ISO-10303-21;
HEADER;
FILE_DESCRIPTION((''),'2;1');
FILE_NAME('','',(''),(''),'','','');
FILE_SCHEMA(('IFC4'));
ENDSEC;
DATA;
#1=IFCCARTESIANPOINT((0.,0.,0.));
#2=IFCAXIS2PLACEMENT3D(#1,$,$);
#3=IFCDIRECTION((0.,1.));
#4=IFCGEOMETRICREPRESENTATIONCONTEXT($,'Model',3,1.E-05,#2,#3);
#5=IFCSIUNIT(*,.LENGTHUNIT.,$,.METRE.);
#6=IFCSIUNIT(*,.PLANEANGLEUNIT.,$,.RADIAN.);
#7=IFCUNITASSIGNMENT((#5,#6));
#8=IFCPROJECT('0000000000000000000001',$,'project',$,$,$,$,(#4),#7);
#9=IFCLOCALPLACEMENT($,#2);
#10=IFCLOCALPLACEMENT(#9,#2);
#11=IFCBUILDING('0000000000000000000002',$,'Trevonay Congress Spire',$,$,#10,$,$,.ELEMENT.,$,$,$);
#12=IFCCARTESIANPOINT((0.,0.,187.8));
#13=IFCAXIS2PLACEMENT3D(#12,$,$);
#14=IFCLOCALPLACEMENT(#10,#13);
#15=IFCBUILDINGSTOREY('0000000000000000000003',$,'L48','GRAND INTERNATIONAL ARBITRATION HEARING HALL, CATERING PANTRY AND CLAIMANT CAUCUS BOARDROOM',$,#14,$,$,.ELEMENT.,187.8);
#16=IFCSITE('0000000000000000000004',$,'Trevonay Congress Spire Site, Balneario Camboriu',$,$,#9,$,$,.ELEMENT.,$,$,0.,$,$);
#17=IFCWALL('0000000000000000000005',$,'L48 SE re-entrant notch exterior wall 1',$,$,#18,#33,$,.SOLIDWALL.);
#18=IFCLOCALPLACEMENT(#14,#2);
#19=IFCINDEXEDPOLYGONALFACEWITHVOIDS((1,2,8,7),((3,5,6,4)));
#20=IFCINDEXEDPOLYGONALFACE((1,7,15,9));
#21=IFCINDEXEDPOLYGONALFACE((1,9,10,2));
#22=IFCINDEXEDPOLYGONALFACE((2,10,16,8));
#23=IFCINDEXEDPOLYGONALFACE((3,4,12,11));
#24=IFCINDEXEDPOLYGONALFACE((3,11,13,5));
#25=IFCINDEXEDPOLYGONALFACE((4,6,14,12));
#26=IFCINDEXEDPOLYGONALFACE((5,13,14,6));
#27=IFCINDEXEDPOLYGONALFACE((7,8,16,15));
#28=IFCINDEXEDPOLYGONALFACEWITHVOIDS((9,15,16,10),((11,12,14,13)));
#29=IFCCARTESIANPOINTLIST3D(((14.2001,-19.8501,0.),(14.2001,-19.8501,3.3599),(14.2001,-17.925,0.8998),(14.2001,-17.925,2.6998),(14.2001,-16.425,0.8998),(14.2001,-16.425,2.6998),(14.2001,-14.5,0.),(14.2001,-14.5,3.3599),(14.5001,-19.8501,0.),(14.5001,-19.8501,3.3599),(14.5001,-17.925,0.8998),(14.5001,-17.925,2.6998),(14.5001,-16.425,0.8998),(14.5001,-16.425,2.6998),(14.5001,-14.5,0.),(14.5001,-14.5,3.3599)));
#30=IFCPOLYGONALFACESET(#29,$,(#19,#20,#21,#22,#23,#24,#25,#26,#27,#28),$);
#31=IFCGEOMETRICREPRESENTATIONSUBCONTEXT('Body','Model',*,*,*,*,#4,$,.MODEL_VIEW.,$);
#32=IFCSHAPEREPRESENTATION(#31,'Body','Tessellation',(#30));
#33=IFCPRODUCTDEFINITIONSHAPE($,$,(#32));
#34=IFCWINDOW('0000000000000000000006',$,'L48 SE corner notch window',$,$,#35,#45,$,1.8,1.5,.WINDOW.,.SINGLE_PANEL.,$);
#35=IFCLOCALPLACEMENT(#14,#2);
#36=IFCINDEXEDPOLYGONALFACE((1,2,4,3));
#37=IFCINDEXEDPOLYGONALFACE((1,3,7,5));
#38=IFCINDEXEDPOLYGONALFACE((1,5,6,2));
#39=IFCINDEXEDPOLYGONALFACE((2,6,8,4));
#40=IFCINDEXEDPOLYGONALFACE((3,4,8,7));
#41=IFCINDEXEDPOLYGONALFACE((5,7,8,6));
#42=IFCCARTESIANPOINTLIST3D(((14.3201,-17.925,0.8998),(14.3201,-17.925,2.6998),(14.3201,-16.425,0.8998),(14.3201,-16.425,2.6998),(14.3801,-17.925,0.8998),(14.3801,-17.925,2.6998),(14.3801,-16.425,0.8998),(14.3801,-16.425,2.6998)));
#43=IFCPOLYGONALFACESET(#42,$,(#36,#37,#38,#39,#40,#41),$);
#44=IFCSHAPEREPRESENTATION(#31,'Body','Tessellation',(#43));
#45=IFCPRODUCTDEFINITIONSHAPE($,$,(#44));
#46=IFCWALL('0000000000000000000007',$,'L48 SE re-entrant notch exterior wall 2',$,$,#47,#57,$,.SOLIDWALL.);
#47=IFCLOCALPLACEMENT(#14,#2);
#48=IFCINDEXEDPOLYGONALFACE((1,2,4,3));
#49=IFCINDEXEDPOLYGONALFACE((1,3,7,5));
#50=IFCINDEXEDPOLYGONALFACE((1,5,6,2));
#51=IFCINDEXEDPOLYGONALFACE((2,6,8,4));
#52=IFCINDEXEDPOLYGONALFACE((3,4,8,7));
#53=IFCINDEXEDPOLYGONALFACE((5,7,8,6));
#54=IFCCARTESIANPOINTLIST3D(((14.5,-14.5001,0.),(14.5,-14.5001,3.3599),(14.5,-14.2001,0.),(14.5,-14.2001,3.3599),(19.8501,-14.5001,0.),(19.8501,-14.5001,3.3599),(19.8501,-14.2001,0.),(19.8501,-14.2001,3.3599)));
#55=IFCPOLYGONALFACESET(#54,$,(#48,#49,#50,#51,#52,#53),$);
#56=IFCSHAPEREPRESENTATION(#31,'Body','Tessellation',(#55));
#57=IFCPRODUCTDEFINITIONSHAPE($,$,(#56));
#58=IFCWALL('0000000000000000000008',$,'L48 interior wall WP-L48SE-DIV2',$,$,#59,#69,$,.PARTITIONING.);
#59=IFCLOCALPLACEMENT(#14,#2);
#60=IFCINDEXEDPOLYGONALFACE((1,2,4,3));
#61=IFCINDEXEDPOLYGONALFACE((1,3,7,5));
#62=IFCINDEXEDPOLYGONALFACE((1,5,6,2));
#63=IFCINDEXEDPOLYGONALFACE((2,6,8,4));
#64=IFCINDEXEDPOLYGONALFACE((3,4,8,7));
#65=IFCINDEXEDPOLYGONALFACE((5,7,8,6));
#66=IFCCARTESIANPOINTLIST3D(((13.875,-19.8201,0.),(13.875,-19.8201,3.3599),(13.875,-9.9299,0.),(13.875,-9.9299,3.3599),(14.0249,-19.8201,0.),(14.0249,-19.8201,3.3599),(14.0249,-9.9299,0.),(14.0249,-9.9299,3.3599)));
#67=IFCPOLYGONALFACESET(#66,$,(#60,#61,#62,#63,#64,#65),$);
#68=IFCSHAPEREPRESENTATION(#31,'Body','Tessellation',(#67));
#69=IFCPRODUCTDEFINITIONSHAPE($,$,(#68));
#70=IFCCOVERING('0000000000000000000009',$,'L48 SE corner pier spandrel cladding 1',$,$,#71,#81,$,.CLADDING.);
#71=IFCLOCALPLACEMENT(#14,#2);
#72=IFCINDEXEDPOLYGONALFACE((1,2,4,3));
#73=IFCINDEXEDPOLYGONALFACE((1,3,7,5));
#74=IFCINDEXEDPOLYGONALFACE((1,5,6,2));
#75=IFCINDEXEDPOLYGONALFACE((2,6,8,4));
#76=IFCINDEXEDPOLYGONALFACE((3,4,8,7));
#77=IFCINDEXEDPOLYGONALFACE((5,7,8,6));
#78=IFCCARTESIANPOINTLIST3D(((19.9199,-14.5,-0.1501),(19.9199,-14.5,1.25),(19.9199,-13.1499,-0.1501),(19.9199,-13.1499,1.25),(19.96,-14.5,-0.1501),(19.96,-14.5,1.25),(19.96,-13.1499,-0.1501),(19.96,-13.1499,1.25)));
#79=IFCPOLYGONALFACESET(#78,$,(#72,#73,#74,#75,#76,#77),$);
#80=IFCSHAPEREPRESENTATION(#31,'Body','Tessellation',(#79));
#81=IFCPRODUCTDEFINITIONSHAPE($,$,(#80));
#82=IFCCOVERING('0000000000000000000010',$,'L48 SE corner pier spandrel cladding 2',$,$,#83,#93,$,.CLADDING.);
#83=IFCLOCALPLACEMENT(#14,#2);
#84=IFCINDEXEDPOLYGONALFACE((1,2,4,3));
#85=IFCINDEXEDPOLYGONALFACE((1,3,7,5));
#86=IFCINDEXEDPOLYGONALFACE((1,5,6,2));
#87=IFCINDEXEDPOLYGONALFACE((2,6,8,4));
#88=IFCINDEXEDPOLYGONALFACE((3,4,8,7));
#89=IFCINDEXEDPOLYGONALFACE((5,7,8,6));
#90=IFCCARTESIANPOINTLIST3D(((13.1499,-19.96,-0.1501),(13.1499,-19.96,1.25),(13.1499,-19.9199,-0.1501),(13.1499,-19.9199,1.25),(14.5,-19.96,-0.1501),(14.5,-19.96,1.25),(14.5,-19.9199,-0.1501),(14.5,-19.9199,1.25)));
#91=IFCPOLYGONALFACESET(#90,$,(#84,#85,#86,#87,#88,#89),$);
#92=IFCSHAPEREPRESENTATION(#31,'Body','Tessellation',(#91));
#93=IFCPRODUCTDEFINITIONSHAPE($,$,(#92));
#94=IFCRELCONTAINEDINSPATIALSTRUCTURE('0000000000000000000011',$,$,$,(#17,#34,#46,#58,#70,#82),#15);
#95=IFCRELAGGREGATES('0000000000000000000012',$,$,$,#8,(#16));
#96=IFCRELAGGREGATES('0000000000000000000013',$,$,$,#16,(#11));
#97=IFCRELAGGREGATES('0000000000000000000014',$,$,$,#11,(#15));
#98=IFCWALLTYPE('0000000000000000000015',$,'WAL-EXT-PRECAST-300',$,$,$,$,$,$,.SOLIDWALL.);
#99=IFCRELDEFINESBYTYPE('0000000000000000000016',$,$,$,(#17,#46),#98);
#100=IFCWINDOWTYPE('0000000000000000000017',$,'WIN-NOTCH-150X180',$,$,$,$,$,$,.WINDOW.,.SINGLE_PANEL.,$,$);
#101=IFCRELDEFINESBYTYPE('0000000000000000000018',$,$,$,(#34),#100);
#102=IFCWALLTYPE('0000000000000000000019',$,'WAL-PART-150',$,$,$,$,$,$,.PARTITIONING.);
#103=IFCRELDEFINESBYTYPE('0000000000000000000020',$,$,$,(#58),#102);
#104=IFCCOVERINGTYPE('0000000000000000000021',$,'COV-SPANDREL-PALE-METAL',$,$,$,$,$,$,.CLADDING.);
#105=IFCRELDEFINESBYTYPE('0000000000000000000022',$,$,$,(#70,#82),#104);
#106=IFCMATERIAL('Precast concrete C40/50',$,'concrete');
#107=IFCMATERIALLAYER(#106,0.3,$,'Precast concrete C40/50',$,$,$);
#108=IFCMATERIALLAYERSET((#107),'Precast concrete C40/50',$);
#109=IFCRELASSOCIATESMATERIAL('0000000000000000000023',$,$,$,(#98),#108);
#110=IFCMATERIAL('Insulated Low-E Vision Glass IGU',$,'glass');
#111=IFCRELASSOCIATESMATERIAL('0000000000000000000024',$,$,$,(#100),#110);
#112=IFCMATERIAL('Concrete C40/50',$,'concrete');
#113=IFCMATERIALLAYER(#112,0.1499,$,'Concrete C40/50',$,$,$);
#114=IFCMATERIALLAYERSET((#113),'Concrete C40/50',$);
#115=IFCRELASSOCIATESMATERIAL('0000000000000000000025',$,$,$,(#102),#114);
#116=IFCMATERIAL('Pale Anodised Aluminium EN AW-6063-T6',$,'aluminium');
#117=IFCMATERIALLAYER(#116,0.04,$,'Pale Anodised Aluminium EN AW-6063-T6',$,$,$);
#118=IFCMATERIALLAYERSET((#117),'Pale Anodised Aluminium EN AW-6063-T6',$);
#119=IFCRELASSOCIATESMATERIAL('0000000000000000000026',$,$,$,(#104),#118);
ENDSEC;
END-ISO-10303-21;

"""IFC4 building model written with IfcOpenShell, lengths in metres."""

from ifc_helpers import new_model, si_unit, direction, frame, frame_2d, origin, place, context, subcontext, project, spatial, rectangle, extrude, material, layer, layer_set, type_object, element, fill, save


model = new_model("IFC4")

# Units and contexts
model_context = context("Model", 3, precision=1e-05, world=origin(), true_north=direction((0.0, 1.0)))
body_context = subcontext(model_context, "Body", "Model", "MODEL_VIEW")
ifc_project = project(units=[si_unit("LENGTHUNIT", "METRE"), si_unit("PLANEANGLEUNIT", "RADIAN")], contexts=[model_context])

# Site, building, storey
site_placement = place(None, origin())
site = spatial("IfcSite", under=ifc_project, at=site_placement, Name="Trevonay Congress Spire Site, Balneario Camboriu", CompositionType="ELEMENT", RefElevation=0.0)
building_placement = place(site_placement, origin())
building = spatial("IfcBuilding", under=site, at=building_placement, Name="Trevonay Congress Spire", CompositionType="ELEMENT")
storey_placement = place(building_placement, frame((0.0, 0.0, 187.8)))
storey = spatial("IfcBuildingStorey", under=building, at=storey_placement, Name="L48", Description="GRAND INTERNATIONAL ARBITRATION HEARING HALL, CATERING PANTRY AND CLAIMANT CAUCUS BOARDROOM", CompositionType="ELEMENT", Elevation=187.8)

# Shared definitions
ifc_material_1 = material(Name="Pale Anodised Aluminium EN AW-6063-T6", Category="aluminium")

# Shared definitions
ifc_material_2 = material(Name="Insulated Low-E Vision Glass IGU", Category="glass")

# Wall, opening, window
ifc_material_3 = material(Name="Precast concrete C40/50", Category="concrete")
ifc_layer_1 = layer(ifc_material_3, 0.3, Name="Precast concrete C40/50")
ifc_layer_set_1 = layer_set([ifc_layer_1], Name="Precast concrete C40/50")
wall_type_1 = type_object("IfcWallType", Name="WAL-EXT-PRECAST-300", PredefinedType="SOLIDWALL", material=ifc_layer_set_1)
wall_1_placement = place(storey_placement, frame((14.3501, -19.8501, 0.0), z_axis=(0.0, 0.0, 1.0), x_axis=(0.0, 1.0, 0.0)))
wall_1 = element("IfcWall", 1, at=wall_1_placement, inside=storey, type_object=wall_type_1, Name="L48 SE re-entrant notch exterior wall 1", PredefinedType="SOLIDWALL", context=body_context, shape_type="SweptSolid", body=[
    extrude(rectangle(XDim=5.3501, YDim=0.3, at=frame_2d((2.675, 0.0))), origin(), (0.0, 0.0, 1.0), 3.3599),
])
opening_placement = place(wall_1_placement, frame((1.925, 0.0, 0.8999)))
opening = element("IfcOpeningElement", 2, at=opening_placement, cuts=wall_1, PredefinedType="OPENING", context=body_context, shape_type="SweptSolid", body=[
    extrude(rectangle(XDim=1.5, YDim=1.8, at=frame_2d((0.75, 0.8999))), frame((0.0, 0.1602, 0.0), z_axis=(0.0, -1.0, 0.0), x_axis=(1.0, 0.0, 0.0)), (0.0, 0.0, 1.0), 0.3201),
])
window_type = type_object("IfcWindowType", Name="WIN-NOTCH-150X180", PartitioningType="SINGLE_PANEL", PredefinedType="WINDOW", material=ifc_material_2)
window_placement = place(opening_placement, origin())
window = element("IfcWindow", 3, at=window_placement, inside=storey, type_object=window_type, Name="L48 SE corner notch window", OverallHeight=1.8, OverallWidth=1.5, PartitioningType="SINGLE_PANEL", PredefinedType="WINDOW", context=body_context, shape_type="SweptSolid", body=[
    extrude(rectangle(XDim=1.5, YDim=1.8, at=frame_2d((0.75, 0.8999))), frame((0.0, 0.03, 0.0), z_axis=(0.0, -1.0, 0.0), x_axis=(1.0, 0.0, 0.0)), (0.0, 0.0, 1.0), 0.0601),
])
fill(opening, window)

# Walls
wall_2_placement = place(storey_placement, frame((19.8501, -14.3501, 0.0), z_axis=(0.0, 0.0, 1.0), x_axis=(-1.0, 0.0, 0.0)))
element("IfcWall", 4, at=wall_2_placement, inside=storey, type_object=wall_type_1, Name="L48 SE re-entrant notch exterior wall 2", PredefinedType="SOLIDWALL", context=body_context, shape_type="SweptSolid", body=[
    extrude(rectangle(XDim=5.3501, YDim=0.3, at=frame_2d((2.675, 0.0))), origin(), (0.0, 0.0, 1.0), 3.3599),
])
ifc_material_4 = material(Name="Concrete C40/50", Category="concrete")
ifc_layer_2 = layer(ifc_material_4, 0.1499, Name="Concrete C40/50")
ifc_layer_set_2 = layer_set([ifc_layer_2], Name="Concrete C40/50")
wall_type_2 = type_object("IfcWallType", Name="WAL-PART-150", PredefinedType="PARTITIONING", material=ifc_layer_set_2)
wall_3_placement = place(storey_placement, frame((13.95, -19.8201, 0.0), z_axis=(0.0, 0.0, 1.0), x_axis=(0.0, 1.0, 0.0)))
element("IfcWall", 5, at=wall_3_placement, inside=storey, type_object=wall_type_2, Name="L48 interior wall WP-L48SE-DIV2", PredefinedType="PARTITIONING", context=body_context, shape_type="SweptSolid", body=[
    extrude(rectangle(XDim=9.8901, YDim=0.1499, at=frame_2d((4.9451, 0.0))), origin(), (0.0, 0.0, 1.0), 3.3599),
])

# Coverings
ifc_layer_3 = layer(ifc_material_1, 0.04, Name="Pale Anodised Aluminium EN AW-6063-T6")
ifc_layer_set_3 = layer_set([ifc_layer_3], Name="Pale Anodised Aluminium EN AW-6063-T6")
covering_type = type_object("IfcCoveringType", Name="COV-SPANDREL-PALE-METAL", PredefinedType="CLADDING", material=ifc_layer_set_3)
for number, where, z_axis, x_axis, name in (
    (6, (19.9399, -13.1499, -0.1501), (0.0, 0.0, 1.0), (0.0, -1.0, 0.0), "L48 SE corner pier spandrel cladding 1"),
    (7, (13.1499, -19.9399, -0.1501), (0.0, 0.0, 1.0), (1.0, 0.0, 0.0), "L48 SE corner pier spandrel cladding 2"),
):
    element("IfcCovering", number, at=place(storey_placement, frame(where, z_axis=z_axis, x_axis=x_axis)), inside=storey, type_object=covering_type, Name=name, PredefinedType="CLADDING", context=body_context, shape_type="SweptSolid", body=[
        extrude(rectangle(XDim=1.3501, YDim=0.04, at=frame_2d((0.675, 0.0))), origin(), (0.0, 0.0, 1.0), 1.4001),
    ])

save(model, "model.ifc")
